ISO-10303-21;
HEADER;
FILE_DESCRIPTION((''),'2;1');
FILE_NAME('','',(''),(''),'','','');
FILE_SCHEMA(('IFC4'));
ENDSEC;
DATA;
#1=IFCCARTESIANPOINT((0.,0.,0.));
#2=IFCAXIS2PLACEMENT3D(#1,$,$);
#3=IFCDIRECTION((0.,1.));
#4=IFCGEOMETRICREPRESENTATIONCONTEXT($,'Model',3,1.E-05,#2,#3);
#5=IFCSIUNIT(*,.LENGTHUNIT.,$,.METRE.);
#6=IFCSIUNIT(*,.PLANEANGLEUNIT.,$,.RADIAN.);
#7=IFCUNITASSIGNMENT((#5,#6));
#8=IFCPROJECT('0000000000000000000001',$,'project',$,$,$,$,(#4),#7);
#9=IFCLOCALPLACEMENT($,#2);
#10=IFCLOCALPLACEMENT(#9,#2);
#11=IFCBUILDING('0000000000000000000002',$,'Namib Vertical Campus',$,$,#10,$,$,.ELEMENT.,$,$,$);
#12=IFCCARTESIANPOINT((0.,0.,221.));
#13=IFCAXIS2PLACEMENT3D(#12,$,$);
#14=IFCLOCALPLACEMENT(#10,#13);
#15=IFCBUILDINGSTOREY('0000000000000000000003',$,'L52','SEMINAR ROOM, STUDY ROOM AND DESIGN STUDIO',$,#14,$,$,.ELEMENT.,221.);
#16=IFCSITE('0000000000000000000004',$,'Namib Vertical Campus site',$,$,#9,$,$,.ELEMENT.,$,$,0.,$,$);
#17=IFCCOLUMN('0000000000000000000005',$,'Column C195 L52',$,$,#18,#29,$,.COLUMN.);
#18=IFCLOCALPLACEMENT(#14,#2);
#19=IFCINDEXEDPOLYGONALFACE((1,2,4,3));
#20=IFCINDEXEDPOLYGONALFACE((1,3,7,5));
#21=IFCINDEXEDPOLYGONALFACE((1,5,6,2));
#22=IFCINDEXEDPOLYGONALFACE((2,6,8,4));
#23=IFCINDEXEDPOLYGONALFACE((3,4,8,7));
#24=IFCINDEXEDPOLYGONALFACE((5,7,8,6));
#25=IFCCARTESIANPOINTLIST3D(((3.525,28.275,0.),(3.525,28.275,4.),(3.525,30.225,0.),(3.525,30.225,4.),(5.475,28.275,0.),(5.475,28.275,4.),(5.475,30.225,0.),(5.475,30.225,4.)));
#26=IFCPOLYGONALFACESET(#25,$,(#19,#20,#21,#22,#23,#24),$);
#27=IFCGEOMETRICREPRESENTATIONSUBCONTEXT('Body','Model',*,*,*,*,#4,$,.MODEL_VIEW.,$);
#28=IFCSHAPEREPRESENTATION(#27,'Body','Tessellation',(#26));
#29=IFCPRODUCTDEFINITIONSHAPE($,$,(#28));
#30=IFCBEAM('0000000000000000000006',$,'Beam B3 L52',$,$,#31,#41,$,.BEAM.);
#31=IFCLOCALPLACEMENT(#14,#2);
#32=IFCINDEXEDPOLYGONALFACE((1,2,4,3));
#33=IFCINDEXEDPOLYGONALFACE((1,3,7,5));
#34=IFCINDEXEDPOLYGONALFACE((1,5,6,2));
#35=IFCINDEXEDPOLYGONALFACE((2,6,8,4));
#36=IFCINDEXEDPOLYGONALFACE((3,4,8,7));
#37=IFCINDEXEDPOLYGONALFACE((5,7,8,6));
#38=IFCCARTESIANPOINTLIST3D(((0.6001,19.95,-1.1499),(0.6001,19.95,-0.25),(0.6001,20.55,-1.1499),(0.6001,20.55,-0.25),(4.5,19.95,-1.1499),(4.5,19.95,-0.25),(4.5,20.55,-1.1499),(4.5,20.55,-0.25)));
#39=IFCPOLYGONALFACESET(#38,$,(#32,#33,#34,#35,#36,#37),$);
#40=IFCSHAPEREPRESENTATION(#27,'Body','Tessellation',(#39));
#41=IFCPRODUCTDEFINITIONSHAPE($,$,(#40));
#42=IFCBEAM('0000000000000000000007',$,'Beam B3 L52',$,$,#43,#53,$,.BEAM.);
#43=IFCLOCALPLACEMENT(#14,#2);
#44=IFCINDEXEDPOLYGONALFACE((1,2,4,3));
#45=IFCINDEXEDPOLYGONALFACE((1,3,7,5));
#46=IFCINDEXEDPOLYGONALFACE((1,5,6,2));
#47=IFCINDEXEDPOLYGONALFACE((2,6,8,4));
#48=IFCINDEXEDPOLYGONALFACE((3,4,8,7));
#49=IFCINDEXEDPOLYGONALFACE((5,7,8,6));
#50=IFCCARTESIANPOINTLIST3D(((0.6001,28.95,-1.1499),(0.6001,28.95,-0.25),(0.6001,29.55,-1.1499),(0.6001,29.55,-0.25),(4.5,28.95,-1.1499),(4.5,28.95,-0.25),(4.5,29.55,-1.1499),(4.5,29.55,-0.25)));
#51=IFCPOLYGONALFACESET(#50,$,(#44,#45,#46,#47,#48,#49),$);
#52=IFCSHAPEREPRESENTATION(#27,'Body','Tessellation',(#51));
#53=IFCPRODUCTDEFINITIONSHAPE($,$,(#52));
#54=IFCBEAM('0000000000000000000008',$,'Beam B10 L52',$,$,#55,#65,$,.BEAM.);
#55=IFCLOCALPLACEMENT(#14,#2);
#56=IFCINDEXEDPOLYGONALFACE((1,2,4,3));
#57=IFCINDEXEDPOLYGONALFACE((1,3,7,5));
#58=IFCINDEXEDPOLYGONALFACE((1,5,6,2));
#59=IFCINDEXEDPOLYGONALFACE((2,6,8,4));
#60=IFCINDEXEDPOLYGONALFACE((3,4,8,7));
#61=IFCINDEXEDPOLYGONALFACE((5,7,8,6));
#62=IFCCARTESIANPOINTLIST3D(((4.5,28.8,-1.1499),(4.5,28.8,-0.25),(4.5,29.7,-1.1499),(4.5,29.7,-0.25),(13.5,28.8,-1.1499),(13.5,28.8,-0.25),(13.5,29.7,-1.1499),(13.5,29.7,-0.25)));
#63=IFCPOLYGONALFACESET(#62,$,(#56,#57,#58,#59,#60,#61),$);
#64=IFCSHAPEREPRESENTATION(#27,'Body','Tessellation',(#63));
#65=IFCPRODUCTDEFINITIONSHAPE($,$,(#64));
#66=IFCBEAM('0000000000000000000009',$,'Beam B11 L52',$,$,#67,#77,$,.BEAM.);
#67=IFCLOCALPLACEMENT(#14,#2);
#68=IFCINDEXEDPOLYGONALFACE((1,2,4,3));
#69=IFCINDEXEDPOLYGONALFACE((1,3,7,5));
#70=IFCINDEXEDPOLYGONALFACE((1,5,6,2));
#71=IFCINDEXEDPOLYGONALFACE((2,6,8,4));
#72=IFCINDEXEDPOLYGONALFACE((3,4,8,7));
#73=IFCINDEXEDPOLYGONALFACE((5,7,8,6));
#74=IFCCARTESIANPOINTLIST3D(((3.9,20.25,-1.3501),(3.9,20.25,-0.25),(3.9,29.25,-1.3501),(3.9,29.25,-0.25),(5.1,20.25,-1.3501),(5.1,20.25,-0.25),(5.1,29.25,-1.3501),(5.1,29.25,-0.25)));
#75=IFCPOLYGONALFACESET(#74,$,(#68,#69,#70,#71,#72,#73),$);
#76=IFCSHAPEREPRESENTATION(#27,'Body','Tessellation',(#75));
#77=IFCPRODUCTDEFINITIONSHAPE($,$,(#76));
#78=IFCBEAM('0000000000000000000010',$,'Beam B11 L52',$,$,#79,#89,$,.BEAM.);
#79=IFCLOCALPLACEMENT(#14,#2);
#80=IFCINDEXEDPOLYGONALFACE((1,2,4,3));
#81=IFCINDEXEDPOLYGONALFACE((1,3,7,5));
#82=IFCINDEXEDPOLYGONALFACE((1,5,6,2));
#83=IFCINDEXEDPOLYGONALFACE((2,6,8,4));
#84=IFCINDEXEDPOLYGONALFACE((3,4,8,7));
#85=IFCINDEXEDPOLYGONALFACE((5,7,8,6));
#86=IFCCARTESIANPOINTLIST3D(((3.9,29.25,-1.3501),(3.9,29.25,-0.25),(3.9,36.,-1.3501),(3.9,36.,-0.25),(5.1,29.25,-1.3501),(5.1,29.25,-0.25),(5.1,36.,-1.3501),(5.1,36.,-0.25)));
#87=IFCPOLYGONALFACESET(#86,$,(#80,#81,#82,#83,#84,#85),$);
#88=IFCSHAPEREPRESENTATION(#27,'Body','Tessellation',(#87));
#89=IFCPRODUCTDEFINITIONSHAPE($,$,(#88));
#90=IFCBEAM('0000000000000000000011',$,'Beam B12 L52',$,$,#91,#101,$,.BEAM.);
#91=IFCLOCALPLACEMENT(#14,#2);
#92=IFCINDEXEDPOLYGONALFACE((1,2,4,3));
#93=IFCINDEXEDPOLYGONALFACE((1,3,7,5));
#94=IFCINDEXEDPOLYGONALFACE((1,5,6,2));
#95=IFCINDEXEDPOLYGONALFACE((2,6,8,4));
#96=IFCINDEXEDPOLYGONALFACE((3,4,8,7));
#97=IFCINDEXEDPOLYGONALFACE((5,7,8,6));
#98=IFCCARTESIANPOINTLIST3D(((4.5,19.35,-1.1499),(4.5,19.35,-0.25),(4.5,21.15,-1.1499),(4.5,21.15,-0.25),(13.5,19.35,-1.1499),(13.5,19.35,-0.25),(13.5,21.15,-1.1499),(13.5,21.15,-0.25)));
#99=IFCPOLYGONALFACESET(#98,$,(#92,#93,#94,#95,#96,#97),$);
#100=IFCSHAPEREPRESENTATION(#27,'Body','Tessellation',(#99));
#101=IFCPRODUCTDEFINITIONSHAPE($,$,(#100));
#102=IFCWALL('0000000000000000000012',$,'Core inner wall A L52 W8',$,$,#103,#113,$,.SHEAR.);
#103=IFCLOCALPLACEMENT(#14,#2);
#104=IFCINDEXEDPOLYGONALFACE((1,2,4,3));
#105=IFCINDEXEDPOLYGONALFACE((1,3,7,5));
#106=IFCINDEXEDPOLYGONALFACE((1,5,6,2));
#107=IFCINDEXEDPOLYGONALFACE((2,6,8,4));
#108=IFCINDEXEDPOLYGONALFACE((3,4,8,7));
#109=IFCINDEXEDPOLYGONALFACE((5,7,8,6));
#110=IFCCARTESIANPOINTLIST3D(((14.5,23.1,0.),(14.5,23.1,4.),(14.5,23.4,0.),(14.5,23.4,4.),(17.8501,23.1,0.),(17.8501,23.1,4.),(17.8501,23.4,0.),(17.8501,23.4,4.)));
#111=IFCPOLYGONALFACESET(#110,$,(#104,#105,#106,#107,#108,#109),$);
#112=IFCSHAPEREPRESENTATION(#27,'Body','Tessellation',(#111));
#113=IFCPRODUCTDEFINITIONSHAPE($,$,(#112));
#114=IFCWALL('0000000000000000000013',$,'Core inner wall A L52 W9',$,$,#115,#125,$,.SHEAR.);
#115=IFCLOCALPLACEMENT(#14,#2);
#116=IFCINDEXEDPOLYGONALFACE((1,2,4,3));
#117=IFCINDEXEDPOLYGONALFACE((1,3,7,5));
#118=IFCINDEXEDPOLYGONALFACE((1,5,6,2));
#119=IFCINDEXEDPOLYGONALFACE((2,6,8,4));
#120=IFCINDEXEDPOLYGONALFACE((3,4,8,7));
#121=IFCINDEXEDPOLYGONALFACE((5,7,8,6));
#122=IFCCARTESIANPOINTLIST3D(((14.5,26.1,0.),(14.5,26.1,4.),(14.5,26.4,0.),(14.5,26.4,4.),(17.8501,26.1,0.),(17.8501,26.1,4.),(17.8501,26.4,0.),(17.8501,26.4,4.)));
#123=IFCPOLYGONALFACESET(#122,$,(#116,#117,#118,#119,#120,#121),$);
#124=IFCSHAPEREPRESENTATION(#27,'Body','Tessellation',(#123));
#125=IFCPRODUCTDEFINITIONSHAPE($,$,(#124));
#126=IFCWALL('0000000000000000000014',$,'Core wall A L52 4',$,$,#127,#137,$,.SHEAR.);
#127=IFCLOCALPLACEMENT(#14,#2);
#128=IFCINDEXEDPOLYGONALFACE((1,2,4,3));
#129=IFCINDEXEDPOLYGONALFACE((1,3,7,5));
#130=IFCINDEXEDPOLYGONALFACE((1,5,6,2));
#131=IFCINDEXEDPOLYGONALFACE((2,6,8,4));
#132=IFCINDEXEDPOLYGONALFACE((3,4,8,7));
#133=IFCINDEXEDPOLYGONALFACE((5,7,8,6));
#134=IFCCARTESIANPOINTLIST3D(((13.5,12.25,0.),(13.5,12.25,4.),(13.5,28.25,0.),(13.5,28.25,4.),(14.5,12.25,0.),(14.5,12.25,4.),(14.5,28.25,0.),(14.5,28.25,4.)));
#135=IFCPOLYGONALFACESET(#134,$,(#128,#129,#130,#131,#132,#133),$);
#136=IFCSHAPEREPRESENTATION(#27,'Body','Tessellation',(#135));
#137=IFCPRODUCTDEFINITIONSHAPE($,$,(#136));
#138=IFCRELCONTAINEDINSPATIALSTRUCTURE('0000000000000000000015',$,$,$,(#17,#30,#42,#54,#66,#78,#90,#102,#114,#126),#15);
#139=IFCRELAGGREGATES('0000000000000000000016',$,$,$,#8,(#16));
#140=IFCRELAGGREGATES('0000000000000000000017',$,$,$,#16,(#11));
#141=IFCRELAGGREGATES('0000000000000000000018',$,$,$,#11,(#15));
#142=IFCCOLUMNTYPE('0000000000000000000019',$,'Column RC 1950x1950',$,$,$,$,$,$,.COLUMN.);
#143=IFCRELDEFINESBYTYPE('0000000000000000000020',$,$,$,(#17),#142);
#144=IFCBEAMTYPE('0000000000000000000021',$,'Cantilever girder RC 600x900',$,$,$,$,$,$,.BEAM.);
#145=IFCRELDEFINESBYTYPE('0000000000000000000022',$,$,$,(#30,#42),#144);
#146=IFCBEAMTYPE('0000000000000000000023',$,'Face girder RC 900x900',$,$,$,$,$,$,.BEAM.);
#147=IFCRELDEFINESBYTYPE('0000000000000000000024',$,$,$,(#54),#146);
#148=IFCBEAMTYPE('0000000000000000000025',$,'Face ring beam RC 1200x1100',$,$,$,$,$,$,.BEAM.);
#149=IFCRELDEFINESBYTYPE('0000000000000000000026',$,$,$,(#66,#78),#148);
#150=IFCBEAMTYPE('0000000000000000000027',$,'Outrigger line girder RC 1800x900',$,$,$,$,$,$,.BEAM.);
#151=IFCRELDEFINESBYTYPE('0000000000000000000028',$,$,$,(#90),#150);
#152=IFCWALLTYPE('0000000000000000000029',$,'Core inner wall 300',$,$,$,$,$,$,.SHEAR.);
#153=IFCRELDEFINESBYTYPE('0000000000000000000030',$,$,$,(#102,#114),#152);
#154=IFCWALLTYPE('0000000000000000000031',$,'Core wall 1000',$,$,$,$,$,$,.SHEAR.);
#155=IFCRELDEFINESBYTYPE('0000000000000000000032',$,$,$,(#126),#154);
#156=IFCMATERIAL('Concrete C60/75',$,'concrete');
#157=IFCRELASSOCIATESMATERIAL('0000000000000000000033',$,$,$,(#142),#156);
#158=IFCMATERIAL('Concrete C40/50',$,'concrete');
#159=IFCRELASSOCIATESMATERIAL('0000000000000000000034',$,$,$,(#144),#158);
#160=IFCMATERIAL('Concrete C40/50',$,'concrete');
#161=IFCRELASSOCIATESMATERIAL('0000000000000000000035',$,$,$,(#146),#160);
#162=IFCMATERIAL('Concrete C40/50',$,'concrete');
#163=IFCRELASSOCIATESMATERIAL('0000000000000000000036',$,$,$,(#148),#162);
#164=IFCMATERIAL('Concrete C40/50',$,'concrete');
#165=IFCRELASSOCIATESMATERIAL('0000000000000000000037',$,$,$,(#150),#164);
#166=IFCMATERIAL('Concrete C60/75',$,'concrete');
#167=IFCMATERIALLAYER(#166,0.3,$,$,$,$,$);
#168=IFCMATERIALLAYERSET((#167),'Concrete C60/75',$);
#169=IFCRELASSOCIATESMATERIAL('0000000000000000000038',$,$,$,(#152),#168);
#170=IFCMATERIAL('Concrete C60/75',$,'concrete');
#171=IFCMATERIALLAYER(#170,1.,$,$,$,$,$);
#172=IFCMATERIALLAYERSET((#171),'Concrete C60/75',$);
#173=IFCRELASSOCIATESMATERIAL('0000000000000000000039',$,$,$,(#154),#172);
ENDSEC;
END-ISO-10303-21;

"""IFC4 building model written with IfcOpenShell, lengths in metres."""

from ifc_helpers import new_model, si_unit, direction, frame, frame_2d, origin, origin_2d, place, context, subcontext, project, spatial, rectangle, extrude, material, layer, layer_set, material_profile, profile_set, type_object, element, save


model = new_model("IFC4")

# Units and contexts
model_context = context("Model", 3, precision=1e-05, world=origin(), true_north=direction((0.0, 1.0)))
body_context = subcontext(model_context, "Body", "Model", "MODEL_VIEW")
ifc_project = project(units=[si_unit("LENGTHUNIT", "METRE"), si_unit("PLANEANGLEUNIT", "RADIAN")], contexts=[model_context])

# Site, building, storey
site_placement = place(None, origin())
site = spatial("IfcSite", under=ifc_project, at=site_placement, Name="Namib Vertical Campus site", CompositionType="ELEMENT", RefElevation=0.0)
building_placement = place(site_placement, origin())
building = spatial("IfcBuilding", under=site, at=building_placement, Name="Namib Vertical Campus", CompositionType="ELEMENT")
storey_placement = place(building_placement, frame((0.0, 0.0, 221.0)))
storey = spatial("IfcBuildingStorey", under=building, at=storey_placement, Name="L52", Description="SEMINAR ROOM, STUDY ROOM AND DESIGN STUDIO", CompositionType="ELEMENT", Elevation=221.0)

# Column
ifc_material_1 = material(Name="Concrete C60/75", Category="concrete")
ifc_material_profile_1 = material_profile(ifc_material_1, rectangle(XDim=1.95, YDim=1.95, at=origin_2d()))
ifc_profile_set_1 = profile_set([ifc_material_profile_1], Name="Concrete C60/75")
column_type = type_object("IfcColumnType", Name="Column RC 1950x1950", PredefinedType="COLUMN", material=ifc_profile_set_1)
column_placement = place(storey_placement, frame((4.5, 29.25, 0.0), z_axis=(0.0, 0.0, 1.0), x_axis=(1.0, 0.0, 0.0)))
element("IfcColumn", 1, at=column_placement, inside=storey, type_object=column_type, Name="Column C195 L52", PredefinedType="COLUMN", context=body_context, shape_type="SweptSolid", body=[
    extrude(rectangle(XDim=1.95, YDim=1.95, at=origin_2d()), origin(), (0.0, 0.0, 1.0), 4.0),
])

# Beams
ifc_material_2 = material(Name="Concrete C40/50", Category="concrete")
ifc_material_profile_2 = material_profile(ifc_material_2, rectangle(XDim=0.6001, YDim=0.8999, at=origin_2d()))
ifc_profile_set_2 = profile_set([ifc_material_profile_2], Name="Concrete C40/50")
beam_type_1 = type_object("IfcBeamType", Name="Cantilever girder RC 600x900", PredefinedType="BEAM", material=ifc_profile_set_2)
for number, where, z_axis, x_axis, name in (
    (2, (4.5, 20.25, -0.7), (-1.0, 0.0, 0.0), (0.0, -1.0, 0.0), "Beam B3 L52"),
    (3, (4.5, 29.25, -0.7), (-1.0, 0.0, 0.0), (0.0, -1.0, 0.0), "Beam B3 L52"),
):
    element("IfcBeam", number, at=place(storey_placement, frame(where, z_axis=z_axis, x_axis=x_axis)), inside=storey, type_object=beam_type_1, Name=name, PredefinedType="BEAM", context=body_context, shape_type="SweptSolid", body=[
        extrude(rectangle(XDim=0.6001, YDim=0.8999, at=origin_2d()), origin(), (0.0, 0.0, 1.0), 3.8999),
    ])
ifc_material_3 = material(Name="Concrete C40/50", Category="concrete")
ifc_material_profile_3 = material_profile(ifc_material_3, rectangle(XDim=0.8999, YDim=0.8999, at=origin_2d()))
ifc_profile_set_3 = profile_set([ifc_material_profile_3], Name="Concrete C40/50")
beam_type_2 = type_object("IfcBeamType", Name="Face girder RC 900x900", PredefinedType="BEAM", material=ifc_profile_set_3)
beam_1_placement = place(storey_placement, frame((4.5, 29.25, -0.7), z_axis=(1.0, 0.0, 0.0), x_axis=(0.0, 1.0, 0.0)))
element("IfcBeam", 4, at=beam_1_placement, inside=storey, type_object=beam_type_2, Name="Beam B10 L52", PredefinedType="BEAM", context=body_context, shape_type="SweptSolid", body=[
    extrude(rectangle(XDim=0.8999, YDim=0.8999, at=origin_2d()), origin(), (0.0, 0.0, 1.0), 9.0),
])
ifc_material_4 = material(Name="Concrete C40/50", Category="concrete")
ifc_material_profile_4 = material_profile(ifc_material_4, rectangle(XDim=1.2, YDim=1.1001, at=origin_2d()))
ifc_profile_set_4 = profile_set([ifc_material_profile_4], Name="Concrete C40/50")
beam_type_3 = type_object("IfcBeamType", Name="Face ring beam RC 1200x1100", PredefinedType="BEAM", material=ifc_profile_set_4)
beam_2_placement = place(storey_placement, frame((4.5, 20.25, -0.8), z_axis=(0.0, 1.0, 0.0), x_axis=(-1.0, 0.0, 0.0)))
element("IfcBeam", 5, at=beam_2_placement, inside=storey, type_object=beam_type_3, Name="Beam B11 L52", PredefinedType="BEAM", context=body_context, shape_type="SweptSolid", body=[
    extrude(rectangle(XDim=1.2, YDim=1.1001, at=origin_2d()), origin(), (0.0, 0.0, 1.0), 9.0),
])
beam_3_placement = place(storey_placement, frame((4.5, 29.25, -0.8), z_axis=(0.0, 1.0, 0.0), x_axis=(-1.0, 0.0, 0.0)))
element("IfcBeam", 6, at=beam_3_placement, inside=storey, type_object=beam_type_3, Name="Beam B11 L52", PredefinedType="BEAM", context=body_context, shape_type="SweptSolid", body=[
    extrude(rectangle(XDim=1.2, YDim=1.1001, at=origin_2d()), origin(), (0.0, 0.0, 1.0), 6.75),
])
ifc_material_5 = material(Name="Concrete C40/50", Category="concrete")
ifc_material_profile_5 = material_profile(ifc_material_5, rectangle(XDim=1.8, YDim=0.8999, at=origin_2d()))
ifc_profile_set_5 = profile_set([ifc_material_profile_5], Name="Concrete C40/50")
beam_type_4 = type_object("IfcBeamType", Name="Outrigger line girder RC 1800x900", PredefinedType="BEAM", material=ifc_profile_set_5)
beam_4_placement = place(storey_placement, frame((4.5, 20.25, -0.7), z_axis=(1.0, 0.0, 0.0), x_axis=(0.0, 1.0, 0.0)))
element("IfcBeam", 7, at=beam_4_placement, inside=storey, type_object=beam_type_4, Name="Beam B12 L52", PredefinedType="BEAM", context=body_context, shape_type="SweptSolid", body=[
    extrude(rectangle(XDim=1.8, YDim=0.8999, at=origin_2d()), origin(), (0.0, 0.0, 1.0), 9.0),
])

# Walls
ifc_material_6 = material(Name="Concrete C60/75", Category="concrete")
ifc_layer_1 = layer(ifc_material_6, 0.3)
ifc_layer_set_1 = layer_set([ifc_layer_1], Name="Concrete C60/75")
wall_type_1 = type_object("IfcWallType", Name="Core inner wall 300", PredefinedType="SHEAR", material=ifc_layer_set_1)
for number, where, z_axis, x_axis, name in (
    (8, (14.5, 23.25, 0.0), (0.0, 0.0, 1.0), (1.0, 0.0, 0.0), "Core inner wall A L52 W8"),
    (9, (14.5, 26.25, 0.0), (0.0, 0.0, 1.0), (1.0, 0.0, 0.0), "Core inner wall A L52 W9"),
):
    element("IfcWall", number, at=place(storey_placement, frame(where, z_axis=z_axis, x_axis=x_axis)), inside=storey, type_object=wall_type_1, Name=name, PredefinedType="SHEAR", context=body_context, shape_type="SweptSolid", body=[
        extrude(rectangle(XDim=3.3501, YDim=0.3, at=frame_2d((1.675, 0.0))), origin(), (0.0, 0.0, 1.0), 4.0),
    ])
ifc_material_7 = material(Name="Concrete C60/75", Category="concrete")
ifc_layer_2 = layer(ifc_material_7, 1.0)
ifc_layer_set_2 = layer_set([ifc_layer_2], Name="Concrete C60/75")
wall_type_2 = type_object("IfcWallType", Name="Core wall 1000", PredefinedType="SHEAR", material=ifc_layer_set_2)
wall_1_placement = place(storey_placement, frame((14.0, 28.25, 0.0), z_axis=(0.0, 0.0, 1.0), x_axis=(0.0, -1.0, 0.0)))
element("IfcWall", 10, at=wall_1_placement, inside=storey, type_object=wall_type_2, Name="Core wall A L52 4", PredefinedType="SHEAR", context=body_context, shape_type="SweptSolid", body=[
    extrude(rectangle(XDim=16.0, YDim=1.0, at=frame_2d((8.0, 0.0))), origin(), (0.0, 0.0, 1.0), 4.0),
])

save(model, "model.ifc")
